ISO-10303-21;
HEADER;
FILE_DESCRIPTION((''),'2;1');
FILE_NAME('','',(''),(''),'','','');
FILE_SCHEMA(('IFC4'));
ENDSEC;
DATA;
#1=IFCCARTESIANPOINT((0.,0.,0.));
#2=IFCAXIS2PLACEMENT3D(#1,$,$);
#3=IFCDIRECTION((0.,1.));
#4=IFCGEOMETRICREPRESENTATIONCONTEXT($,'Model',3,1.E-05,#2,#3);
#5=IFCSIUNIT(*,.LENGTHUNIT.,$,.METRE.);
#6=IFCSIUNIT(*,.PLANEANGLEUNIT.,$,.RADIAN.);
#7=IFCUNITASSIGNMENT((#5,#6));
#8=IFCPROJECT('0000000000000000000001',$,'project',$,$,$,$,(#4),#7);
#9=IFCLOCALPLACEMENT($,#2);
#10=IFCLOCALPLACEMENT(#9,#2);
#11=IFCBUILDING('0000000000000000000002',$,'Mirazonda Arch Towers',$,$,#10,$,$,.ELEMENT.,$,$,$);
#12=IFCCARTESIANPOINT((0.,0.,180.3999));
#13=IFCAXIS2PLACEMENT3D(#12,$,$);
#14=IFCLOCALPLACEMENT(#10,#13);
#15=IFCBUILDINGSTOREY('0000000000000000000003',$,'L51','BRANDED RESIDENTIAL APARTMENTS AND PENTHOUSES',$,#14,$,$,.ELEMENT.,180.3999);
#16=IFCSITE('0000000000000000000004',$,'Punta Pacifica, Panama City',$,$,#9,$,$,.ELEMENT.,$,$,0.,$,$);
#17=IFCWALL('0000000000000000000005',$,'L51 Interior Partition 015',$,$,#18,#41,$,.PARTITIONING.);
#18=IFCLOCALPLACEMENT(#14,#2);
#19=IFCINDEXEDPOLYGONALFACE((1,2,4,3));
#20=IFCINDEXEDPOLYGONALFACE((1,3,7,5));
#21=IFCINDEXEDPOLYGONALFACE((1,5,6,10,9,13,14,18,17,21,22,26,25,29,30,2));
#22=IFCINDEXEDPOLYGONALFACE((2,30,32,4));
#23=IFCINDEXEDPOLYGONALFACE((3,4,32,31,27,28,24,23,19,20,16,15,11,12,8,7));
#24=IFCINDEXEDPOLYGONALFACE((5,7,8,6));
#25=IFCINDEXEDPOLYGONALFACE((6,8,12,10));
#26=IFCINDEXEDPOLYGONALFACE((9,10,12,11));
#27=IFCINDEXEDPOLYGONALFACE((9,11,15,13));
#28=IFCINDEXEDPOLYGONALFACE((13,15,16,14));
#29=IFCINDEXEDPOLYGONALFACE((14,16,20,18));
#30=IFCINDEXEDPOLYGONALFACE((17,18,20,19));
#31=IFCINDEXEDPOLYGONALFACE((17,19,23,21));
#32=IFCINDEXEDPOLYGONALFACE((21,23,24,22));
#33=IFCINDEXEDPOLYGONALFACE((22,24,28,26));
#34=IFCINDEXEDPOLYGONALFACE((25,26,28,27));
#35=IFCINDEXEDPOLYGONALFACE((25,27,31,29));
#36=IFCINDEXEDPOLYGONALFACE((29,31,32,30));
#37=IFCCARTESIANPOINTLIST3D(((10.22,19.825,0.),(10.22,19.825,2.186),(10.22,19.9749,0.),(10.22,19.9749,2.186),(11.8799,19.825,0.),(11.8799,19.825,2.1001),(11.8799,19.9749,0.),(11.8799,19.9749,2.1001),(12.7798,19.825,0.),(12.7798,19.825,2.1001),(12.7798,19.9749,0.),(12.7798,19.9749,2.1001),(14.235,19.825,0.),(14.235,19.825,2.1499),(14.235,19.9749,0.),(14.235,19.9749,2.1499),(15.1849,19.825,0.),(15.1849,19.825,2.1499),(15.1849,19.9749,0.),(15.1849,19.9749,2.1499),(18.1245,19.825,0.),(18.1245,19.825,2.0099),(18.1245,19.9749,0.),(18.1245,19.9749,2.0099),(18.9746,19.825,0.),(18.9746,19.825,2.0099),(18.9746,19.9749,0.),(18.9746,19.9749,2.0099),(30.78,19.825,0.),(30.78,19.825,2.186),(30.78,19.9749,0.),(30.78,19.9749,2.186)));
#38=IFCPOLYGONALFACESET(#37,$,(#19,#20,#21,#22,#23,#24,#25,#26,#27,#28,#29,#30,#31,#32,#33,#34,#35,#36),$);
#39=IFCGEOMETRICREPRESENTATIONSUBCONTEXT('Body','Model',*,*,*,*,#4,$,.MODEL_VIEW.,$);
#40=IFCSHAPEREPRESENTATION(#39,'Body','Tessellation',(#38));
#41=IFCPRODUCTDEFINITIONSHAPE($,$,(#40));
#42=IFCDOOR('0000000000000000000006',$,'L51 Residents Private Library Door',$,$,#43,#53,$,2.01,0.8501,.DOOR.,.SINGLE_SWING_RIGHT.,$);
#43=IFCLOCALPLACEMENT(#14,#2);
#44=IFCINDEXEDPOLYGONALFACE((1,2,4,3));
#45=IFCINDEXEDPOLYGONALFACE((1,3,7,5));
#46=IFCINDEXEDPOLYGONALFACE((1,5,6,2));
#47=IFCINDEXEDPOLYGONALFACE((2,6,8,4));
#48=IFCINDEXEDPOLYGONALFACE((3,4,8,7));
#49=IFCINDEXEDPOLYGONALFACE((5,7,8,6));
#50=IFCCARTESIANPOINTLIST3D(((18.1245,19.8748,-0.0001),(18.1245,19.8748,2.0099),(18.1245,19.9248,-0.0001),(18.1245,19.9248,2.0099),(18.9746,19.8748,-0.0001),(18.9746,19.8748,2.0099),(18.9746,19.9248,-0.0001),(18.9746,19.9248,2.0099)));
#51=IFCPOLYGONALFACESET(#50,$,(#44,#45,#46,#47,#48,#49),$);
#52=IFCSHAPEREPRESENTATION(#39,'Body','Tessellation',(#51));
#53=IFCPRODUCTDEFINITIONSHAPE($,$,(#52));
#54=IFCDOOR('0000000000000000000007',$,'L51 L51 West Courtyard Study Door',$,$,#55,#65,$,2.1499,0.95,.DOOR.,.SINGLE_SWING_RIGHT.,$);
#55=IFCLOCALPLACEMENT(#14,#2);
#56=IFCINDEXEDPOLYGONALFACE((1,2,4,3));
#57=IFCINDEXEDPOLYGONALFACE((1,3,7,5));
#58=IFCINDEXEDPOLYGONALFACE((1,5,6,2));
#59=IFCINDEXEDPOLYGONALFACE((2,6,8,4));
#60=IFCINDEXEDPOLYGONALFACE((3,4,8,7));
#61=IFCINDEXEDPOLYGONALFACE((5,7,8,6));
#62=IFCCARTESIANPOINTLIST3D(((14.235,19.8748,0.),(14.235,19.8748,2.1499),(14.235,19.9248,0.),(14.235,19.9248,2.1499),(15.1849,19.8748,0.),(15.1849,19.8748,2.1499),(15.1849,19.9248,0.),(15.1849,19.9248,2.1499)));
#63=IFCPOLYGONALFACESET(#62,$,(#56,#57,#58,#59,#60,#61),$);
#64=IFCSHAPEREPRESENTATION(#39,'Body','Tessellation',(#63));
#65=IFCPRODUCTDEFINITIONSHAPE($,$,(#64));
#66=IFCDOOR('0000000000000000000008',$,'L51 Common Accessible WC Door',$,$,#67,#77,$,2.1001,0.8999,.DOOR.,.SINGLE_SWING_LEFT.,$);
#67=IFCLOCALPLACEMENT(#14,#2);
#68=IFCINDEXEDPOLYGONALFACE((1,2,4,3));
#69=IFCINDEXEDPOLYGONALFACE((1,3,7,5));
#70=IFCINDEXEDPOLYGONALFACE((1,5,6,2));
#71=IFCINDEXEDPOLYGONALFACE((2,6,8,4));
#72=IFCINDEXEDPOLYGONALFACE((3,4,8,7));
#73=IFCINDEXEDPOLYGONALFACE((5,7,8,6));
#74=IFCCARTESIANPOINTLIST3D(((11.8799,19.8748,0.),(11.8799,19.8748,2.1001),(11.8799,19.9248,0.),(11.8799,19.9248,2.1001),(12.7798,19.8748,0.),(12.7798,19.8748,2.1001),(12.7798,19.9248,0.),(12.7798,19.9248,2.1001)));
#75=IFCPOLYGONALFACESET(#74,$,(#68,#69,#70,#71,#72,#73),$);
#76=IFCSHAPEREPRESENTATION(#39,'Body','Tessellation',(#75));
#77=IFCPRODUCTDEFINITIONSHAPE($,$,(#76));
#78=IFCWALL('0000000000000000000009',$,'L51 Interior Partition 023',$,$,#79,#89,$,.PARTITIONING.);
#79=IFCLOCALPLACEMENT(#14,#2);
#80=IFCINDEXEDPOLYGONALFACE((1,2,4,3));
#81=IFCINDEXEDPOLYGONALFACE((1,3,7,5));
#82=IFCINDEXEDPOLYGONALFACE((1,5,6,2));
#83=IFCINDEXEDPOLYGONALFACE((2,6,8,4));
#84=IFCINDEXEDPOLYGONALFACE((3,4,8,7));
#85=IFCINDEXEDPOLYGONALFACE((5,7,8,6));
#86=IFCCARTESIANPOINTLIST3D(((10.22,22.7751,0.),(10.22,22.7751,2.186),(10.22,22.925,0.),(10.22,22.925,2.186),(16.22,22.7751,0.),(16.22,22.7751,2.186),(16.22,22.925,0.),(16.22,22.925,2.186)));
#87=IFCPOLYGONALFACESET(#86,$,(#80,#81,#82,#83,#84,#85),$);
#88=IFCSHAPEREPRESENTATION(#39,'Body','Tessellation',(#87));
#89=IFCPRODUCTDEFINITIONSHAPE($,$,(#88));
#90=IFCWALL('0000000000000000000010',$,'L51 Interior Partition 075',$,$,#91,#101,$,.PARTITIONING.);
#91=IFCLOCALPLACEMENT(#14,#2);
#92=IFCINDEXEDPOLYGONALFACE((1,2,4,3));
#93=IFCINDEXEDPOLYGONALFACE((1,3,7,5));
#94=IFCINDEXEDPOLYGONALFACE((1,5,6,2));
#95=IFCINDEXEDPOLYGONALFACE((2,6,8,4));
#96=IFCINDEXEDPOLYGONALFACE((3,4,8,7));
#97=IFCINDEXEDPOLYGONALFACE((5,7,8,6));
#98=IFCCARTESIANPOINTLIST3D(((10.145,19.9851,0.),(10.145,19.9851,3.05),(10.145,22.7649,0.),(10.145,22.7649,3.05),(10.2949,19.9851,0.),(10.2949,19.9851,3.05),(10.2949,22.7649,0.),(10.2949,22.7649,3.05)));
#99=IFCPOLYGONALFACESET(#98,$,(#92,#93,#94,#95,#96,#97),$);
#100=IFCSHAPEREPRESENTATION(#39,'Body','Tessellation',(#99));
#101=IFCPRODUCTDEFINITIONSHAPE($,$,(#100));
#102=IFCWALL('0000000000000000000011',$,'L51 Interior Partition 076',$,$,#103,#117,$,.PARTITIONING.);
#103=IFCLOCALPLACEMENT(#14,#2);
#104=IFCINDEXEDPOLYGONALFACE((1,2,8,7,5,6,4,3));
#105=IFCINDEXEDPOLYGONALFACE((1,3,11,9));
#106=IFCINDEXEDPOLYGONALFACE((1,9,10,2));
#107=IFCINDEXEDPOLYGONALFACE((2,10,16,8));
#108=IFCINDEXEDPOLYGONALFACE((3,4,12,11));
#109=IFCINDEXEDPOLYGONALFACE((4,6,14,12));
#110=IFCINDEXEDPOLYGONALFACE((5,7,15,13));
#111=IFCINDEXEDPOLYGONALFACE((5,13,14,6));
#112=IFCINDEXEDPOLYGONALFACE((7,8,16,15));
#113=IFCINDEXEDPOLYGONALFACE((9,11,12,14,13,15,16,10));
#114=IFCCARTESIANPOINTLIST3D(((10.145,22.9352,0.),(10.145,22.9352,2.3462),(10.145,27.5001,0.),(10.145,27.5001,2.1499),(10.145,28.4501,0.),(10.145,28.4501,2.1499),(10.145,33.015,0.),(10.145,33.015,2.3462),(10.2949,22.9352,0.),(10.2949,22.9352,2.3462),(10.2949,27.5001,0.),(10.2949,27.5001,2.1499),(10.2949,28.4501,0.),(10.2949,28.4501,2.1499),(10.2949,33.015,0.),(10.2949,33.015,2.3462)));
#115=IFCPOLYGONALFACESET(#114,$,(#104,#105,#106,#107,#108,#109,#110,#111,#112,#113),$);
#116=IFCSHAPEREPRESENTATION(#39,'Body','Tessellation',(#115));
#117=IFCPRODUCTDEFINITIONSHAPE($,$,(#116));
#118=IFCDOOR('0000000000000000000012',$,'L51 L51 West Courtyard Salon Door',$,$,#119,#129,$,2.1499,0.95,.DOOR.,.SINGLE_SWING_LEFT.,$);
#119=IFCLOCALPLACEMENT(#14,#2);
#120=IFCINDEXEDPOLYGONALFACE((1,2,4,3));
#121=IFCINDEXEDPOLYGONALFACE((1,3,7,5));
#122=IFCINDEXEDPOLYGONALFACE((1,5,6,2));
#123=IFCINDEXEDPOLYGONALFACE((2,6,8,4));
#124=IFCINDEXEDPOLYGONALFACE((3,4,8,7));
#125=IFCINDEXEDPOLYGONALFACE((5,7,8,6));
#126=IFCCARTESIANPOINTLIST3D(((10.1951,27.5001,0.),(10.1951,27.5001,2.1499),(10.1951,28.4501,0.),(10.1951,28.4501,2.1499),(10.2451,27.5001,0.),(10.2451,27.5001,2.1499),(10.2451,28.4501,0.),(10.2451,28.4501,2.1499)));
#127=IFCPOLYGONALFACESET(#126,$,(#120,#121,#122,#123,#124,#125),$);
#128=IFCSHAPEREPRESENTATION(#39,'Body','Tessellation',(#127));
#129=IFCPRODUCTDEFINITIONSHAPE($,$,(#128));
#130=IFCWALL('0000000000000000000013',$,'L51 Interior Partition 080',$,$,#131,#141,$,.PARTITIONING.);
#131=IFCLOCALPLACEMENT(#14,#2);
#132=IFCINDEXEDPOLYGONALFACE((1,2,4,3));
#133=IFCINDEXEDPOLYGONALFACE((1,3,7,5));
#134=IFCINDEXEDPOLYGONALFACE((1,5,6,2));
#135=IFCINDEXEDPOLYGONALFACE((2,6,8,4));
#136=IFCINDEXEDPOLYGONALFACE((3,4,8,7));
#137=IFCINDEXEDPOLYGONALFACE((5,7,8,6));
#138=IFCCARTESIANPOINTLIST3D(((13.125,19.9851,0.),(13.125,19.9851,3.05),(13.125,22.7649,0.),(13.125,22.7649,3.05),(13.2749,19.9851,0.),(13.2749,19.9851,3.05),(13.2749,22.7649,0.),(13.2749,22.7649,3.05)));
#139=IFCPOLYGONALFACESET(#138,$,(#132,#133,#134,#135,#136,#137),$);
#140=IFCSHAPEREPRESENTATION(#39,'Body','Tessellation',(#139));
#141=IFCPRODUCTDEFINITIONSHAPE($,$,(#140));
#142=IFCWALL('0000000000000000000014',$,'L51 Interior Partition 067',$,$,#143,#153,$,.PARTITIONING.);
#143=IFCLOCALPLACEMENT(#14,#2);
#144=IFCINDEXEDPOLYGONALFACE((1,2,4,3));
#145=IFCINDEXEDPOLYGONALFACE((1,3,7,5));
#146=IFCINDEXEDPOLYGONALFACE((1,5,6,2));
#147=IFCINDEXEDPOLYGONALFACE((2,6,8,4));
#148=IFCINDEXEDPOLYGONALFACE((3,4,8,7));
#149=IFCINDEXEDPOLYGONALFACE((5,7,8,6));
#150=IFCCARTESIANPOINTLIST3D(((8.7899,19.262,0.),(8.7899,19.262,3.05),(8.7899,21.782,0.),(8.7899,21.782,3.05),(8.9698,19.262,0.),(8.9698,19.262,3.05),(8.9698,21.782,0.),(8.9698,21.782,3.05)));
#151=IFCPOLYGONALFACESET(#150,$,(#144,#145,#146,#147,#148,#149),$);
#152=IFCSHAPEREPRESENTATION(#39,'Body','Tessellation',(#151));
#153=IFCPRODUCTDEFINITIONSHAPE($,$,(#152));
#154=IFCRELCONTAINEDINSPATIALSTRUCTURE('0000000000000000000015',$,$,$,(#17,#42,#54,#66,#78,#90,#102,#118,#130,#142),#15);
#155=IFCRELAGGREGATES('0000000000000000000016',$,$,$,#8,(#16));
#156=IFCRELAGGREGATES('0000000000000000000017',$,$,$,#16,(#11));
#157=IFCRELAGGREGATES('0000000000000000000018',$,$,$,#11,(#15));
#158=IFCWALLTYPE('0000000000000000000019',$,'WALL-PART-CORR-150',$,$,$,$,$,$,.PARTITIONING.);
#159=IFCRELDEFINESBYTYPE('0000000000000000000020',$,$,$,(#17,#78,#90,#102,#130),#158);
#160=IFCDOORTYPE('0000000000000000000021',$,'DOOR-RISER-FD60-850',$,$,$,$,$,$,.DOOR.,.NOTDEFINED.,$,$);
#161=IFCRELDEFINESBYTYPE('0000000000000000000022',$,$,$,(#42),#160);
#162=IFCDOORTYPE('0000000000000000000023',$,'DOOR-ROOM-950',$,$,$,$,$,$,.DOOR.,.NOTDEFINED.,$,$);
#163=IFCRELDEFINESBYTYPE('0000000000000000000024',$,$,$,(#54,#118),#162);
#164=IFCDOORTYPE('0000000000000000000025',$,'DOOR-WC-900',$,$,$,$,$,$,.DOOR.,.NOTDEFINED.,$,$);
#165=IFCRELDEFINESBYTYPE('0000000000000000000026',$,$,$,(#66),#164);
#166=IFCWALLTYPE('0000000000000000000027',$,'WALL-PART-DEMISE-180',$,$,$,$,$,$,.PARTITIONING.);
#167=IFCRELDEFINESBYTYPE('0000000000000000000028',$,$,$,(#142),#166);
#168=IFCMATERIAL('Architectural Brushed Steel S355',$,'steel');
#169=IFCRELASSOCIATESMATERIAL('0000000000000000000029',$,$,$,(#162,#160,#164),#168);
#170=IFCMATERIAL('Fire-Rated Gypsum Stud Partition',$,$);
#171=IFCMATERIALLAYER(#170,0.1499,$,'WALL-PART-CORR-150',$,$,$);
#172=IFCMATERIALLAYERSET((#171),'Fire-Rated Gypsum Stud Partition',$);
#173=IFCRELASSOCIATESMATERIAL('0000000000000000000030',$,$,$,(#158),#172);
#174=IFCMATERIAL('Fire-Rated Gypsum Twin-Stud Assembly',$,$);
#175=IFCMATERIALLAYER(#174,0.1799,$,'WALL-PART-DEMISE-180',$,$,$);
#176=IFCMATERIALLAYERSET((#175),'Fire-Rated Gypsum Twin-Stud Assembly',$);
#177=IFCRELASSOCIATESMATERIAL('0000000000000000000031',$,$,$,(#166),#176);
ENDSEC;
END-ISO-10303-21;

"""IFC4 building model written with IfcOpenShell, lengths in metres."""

from ifc_helpers import new_model, si_unit, direction, frame, frame_2d, origin, place, context, subcontext, project, spatial, rectangle, extrude, material, layer, layer_set, type_object, element, fill, save


model = new_model("IFC4")

# Units and contexts
model_context = context("Model", 3, precision=1e-05, world=origin(), true_north=direction((0.0, 1.0)))
body_context = subcontext(model_context, "Body", "Model", "MODEL_VIEW")
ifc_project = project(units=[si_unit("LENGTHUNIT", "METRE"), si_unit("PLANEANGLEUNIT", "RADIAN")], contexts=[model_context])

# Site, building, storey
site_placement = place(None, origin())
site = spatial("IfcSite", under=ifc_project, at=site_placement, Name="Punta Pacifica, Panama City", CompositionType="ELEMENT", RefElevation=0.0)
building_placement = place(site_placement, origin())
building = spatial("IfcBuilding", under=site, at=building_placement, Name="Mirazonda Arch Towers", CompositionType="ELEMENT")
storey_placement = place(building_placement, frame((0.0, 0.0, 180.3999)))
storey = spatial("IfcBuildingStorey", under=building, at=storey_placement, Name="L51", Description="BRANDED RESIDENTIAL APARTMENTS AND PENTHOUSES", CompositionType="ELEMENT", Elevation=180.3999)

# Shared definitions
ifc_material_1 = material(Name="Architectural Brushed Steel S355", Category="steel")

# Shared definitions
door_type_1 = type_object("IfcDoorType", Name="DOOR-ROOM-950", OperationType="NOTDEFINED", PredefinedType="DOOR", material=ifc_material_1)

# Shared definitions
ifc_material_2 = material(Name="Fire-Rated Gypsum Stud Partition")
ifc_layer_1 = layer(ifc_material_2, 0.1499, Name="WALL-PART-CORR-150")
ifc_layer_set_1 = layer_set([ifc_layer_1], Name="Fire-Rated Gypsum Stud Partition")
wall_type_1 = type_object("IfcWallType", Name="WALL-PART-CORR-150", PredefinedType="PARTITIONING", material=ifc_layer_set_1)

# Wall, openings, doors
wall_1_placement = place(storey_placement, frame((10.22, 19.8999, 0.0), z_axis=(0.0, 0.0, 1.0), x_axis=(1.0, 0.0, 0.0)))
wall_1 = element("IfcWall", 1, at=wall_1_placement, inside=storey, type_object=wall_type_1, Name="L51 Interior Partition 015", PredefinedType="PARTITIONING", context=body_context, shape_type="SweptSolid", body=[
    extrude(rectangle(XDim=20.5601, YDim=0.1499, at=frame_2d((10.28, 0.0))), origin(), (0.0, 0.0, 1.0), 2.186),
])
opening_1_placement = place(wall_1_placement, frame((1.6599, 0.0, 0.0)))
opening_1 = element("IfcOpeningElement", 2, at=opening_1_placement, cuts=wall_1, PredefinedType="OPENING", context=body_context, shape_type="SweptSolid", body=[
    extrude(rectangle(XDim=0.8999, YDim=2.1001, at=frame_2d((0.45, 1.05))), frame((0.0, 0.085, 0.0), z_axis=(0.0, -1.0, 0.0), x_axis=(1.0, 0.0, 0.0)), (0.0, 0.0, 1.0), 0.1699),
])
opening_2_placement = place(wall_1_placement, frame((4.0149, 0.0, 0.0)))
opening_2 = element("IfcOpeningElement", 3, at=opening_2_placement, cuts=wall_1, PredefinedType="OPENING", context=body_context, shape_type="SweptSolid", body=[
    extrude(rectangle(XDim=0.95, YDim=2.1499, at=frame_2d((0.4751, 1.075))), frame((0.0, 0.085, 0.0), z_axis=(0.0, -1.0, 0.0), x_axis=(1.0, 0.0, 0.0)), (0.0, 0.0, 1.0), 0.1699),
])
opening_3_placement = place(wall_1_placement, frame((7.9045, 0.0, 0.0)))
opening_3 = element("IfcOpeningElement", 4, at=opening_3_placement, cuts=wall_1, PredefinedType="OPENING", context=body_context, shape_type="SweptSolid", body=[
    extrude(rectangle(XDim=0.8501, YDim=2.01, at=frame_2d((0.425, 1.0049))), frame((0.0, 0.085, 0.0), z_axis=(0.0, -1.0, 0.0), x_axis=(1.0, 0.0, 0.0)), (0.0, 0.0, 1.0), 0.1699),
])
door_type_2 = type_object("IfcDoorType", Name="DOOR-RISER-FD60-850", OperationType="NOTDEFINED", PredefinedType="DOOR", material=ifc_material_1)
door_1_placement = place(opening_3_placement, origin())
door_1 = element("IfcDoor", 5, at=door_1_placement, inside=storey, type_object=door_type_2, Name="L51 Residents Private Library Door", OperationType="SINGLE_SWING_RIGHT", OverallHeight=2.01, OverallWidth=0.8501, PredefinedType="DOOR", context=body_context, shape_type="SweptSolid", body=[
    extrude(rectangle(XDim=0.8501, YDim=2.01, at=frame_2d((0.425, 1.0049))), frame((0.0, 0.0249, 0.0), z_axis=(0.0, -1.0, 0.0), x_axis=(1.0, 0.0, 0.0)), (0.0, 0.0, 1.0), 0.05),
])
fill(opening_3, door_1)
door_2_placement = place(opening_2_placement, origin())
door_2 = element("IfcDoor", 6, at=door_2_placement, inside=storey, type_object=door_type_1, Name="L51 L51 West Courtyard Study Door", OperationType="SINGLE_SWING_RIGHT", OverallHeight=2.1499, OverallWidth=0.95, PredefinedType="DOOR", context=body_context, shape_type="SweptSolid", body=[
    extrude(rectangle(XDim=0.95, YDim=2.1499, at=frame_2d((0.4751, 1.075))), frame((0.0, 0.0249, 0.0), z_axis=(0.0, -1.0, 0.0), x_axis=(1.0, 0.0, 0.0)), (0.0, 0.0, 1.0), 0.05),
])
fill(opening_2, door_2)
door_type_3 = type_object("IfcDoorType", Name="DOOR-WC-900", OperationType="NOTDEFINED", PredefinedType="DOOR", material=ifc_material_1)
door_3_placement = place(opening_1_placement, origin())
door_3 = element("IfcDoor", 7, at=door_3_placement, inside=storey, type_object=door_type_3, Name="L51 Common Accessible WC Door", OperationType="SINGLE_SWING_LEFT", OverallHeight=2.1001, OverallWidth=0.8999, PredefinedType="DOOR", context=body_context, shape_type="SweptSolid", body=[
    extrude(rectangle(XDim=0.8999, YDim=2.1001, at=frame_2d((0.45, 1.05))), frame((0.0, 0.0249, 0.0), z_axis=(0.0, -1.0, 0.0), x_axis=(1.0, 0.0, 0.0)), (0.0, 0.0, 1.0), 0.05),
])
fill(opening_1, door_3)

# Walls
wall_2_placement = place(storey_placement, frame((10.22, 22.8501, 0.0), z_axis=(0.0, 0.0, 1.0), x_axis=(1.0, 0.0, 0.0)))
element("IfcWall", 8, at=wall_2_placement, inside=storey, type_object=wall_type_1, Name="L51 Interior Partition 023", PredefinedType="PARTITIONING", context=body_context, shape_type="SweptSolid", body=[
    extrude(rectangle(XDim=6.0, YDim=0.1499, at=frame_2d((3.0, 0.0))), origin(), (0.0, 0.0, 1.0), 2.186),
])
wall_3_placement = place(storey_placement, frame((10.22, 19.9851, 0.0), z_axis=(0.0, 0.0, 1.0), x_axis=(0.0, 1.0, 0.0)))
element("IfcWall", 9, at=wall_3_placement, inside=storey, type_object=wall_type_1, Name="L51 Interior Partition 075", PredefinedType="PARTITIONING", context=body_context, shape_type="SweptSolid", body=[
    extrude(rectangle(XDim=2.7798, YDim=0.1499, at=frame_2d((1.3899, 0.0))), origin(), (0.0, 0.0, 1.0), 3.05),
])

# Wall, opening, door
wall_4_placement = place(storey_placement, frame((10.22, 22.9351, 0.0), z_axis=(0.0, 0.0, 1.0), x_axis=(0.0, 1.0, 0.0)))
wall_4 = element("IfcWall", 10, at=wall_4_placement, inside=storey, type_object=wall_type_1, Name="L51 Interior Partition 076", PredefinedType="PARTITIONING", context=body_context, shape_type="SweptSolid", body=[
    extrude(rectangle(XDim=10.0798, YDim=0.1499, at=frame_2d((5.04, 0.0))), origin(), (0.0, 0.0, 1.0), 2.3462),
])
opening_4_placement = place(wall_4_placement, frame((4.5649, 0.0, 0.0)))
opening_4 = element("IfcOpeningElement", 11, at=opening_4_placement, cuts=wall_4, PredefinedType="OPENING", context=body_context, shape_type="SweptSolid", body=[
    extrude(rectangle(XDim=0.95, YDim=2.1499, at=frame_2d((0.4751, 1.075))), frame((0.0, 0.085, 0.0), z_axis=(0.0, -1.0, 0.0), x_axis=(1.0, 0.0, 0.0)), (0.0, 0.0, 1.0), 0.1699),
])
door_4_placement = place(opening_4_placement, origin())
door_4 = element("IfcDoor", 12, at=door_4_placement, inside=storey, type_object=door_type_1, Name="L51 L51 West Courtyard Salon Door", OperationType="SINGLE_SWING_LEFT", OverallHeight=2.1499, OverallWidth=0.95, PredefinedType="DOOR", context=body_context, shape_type="SweptSolid", body=[
    extrude(rectangle(XDim=0.95, YDim=2.1499, at=frame_2d((0.4751, 1.075))), frame((0.0, 0.0249, 0.0), z_axis=(0.0, -1.0, 0.0), x_axis=(1.0, 0.0, 0.0)), (0.0, 0.0, 1.0), 0.05),
])
fill(opening_4, door_4)

# Walls
wall_5_placement = place(storey_placement, frame((13.2, 19.9851, 0.0), z_axis=(0.0, 0.0, 1.0), x_axis=(0.0, 1.0, 0.0)))
element("IfcWall", 13, at=wall_5_placement, inside=storey, type_object=wall_type_1, Name="L51 Interior Partition 080", PredefinedType="PARTITIONING", context=body_context, shape_type="SweptSolid", body=[
    extrude(rectangle(XDim=2.7798, YDim=0.1499, at=frame_2d((1.3899, 0.0))), origin(), (0.0, 0.0, 1.0), 3.05),
])
ifc_material_3 = material(Name="Fire-Rated Gypsum Twin-Stud Assembly")
ifc_layer_2 = layer(ifc_material_3, 0.1799, Name="WALL-PART-DEMISE-180")
ifc_layer_set_2 = layer_set([ifc_layer_2], Name="Fire-Rated Gypsum Twin-Stud Assembly")
wall_type_2 = type_object("IfcWallType", Name="WALL-PART-DEMISE-180", PredefinedType="PARTITIONING", material=ifc_layer_set_2)
wall_6_placement = place(storey_placement, frame((8.8799, 19.262, 0.0), z_axis=(0.0, 0.0, 1.0), x_axis=(0.0, 1.0, 0.0)))
element("IfcWall", 14, at=wall_6_placement, inside=storey, type_object=wall_type_2, Name="L51 Interior Partition 067", PredefinedType="PARTITIONING", context=body_context, shape_type="SweptSolid", body=[
    extrude(rectangle(XDim=2.52, YDim=0.1799, at=frame_2d((1.26, 0.0))), origin(), (0.0, 0.0, 1.0), 3.05),
])

save(model, "model.ifc")
